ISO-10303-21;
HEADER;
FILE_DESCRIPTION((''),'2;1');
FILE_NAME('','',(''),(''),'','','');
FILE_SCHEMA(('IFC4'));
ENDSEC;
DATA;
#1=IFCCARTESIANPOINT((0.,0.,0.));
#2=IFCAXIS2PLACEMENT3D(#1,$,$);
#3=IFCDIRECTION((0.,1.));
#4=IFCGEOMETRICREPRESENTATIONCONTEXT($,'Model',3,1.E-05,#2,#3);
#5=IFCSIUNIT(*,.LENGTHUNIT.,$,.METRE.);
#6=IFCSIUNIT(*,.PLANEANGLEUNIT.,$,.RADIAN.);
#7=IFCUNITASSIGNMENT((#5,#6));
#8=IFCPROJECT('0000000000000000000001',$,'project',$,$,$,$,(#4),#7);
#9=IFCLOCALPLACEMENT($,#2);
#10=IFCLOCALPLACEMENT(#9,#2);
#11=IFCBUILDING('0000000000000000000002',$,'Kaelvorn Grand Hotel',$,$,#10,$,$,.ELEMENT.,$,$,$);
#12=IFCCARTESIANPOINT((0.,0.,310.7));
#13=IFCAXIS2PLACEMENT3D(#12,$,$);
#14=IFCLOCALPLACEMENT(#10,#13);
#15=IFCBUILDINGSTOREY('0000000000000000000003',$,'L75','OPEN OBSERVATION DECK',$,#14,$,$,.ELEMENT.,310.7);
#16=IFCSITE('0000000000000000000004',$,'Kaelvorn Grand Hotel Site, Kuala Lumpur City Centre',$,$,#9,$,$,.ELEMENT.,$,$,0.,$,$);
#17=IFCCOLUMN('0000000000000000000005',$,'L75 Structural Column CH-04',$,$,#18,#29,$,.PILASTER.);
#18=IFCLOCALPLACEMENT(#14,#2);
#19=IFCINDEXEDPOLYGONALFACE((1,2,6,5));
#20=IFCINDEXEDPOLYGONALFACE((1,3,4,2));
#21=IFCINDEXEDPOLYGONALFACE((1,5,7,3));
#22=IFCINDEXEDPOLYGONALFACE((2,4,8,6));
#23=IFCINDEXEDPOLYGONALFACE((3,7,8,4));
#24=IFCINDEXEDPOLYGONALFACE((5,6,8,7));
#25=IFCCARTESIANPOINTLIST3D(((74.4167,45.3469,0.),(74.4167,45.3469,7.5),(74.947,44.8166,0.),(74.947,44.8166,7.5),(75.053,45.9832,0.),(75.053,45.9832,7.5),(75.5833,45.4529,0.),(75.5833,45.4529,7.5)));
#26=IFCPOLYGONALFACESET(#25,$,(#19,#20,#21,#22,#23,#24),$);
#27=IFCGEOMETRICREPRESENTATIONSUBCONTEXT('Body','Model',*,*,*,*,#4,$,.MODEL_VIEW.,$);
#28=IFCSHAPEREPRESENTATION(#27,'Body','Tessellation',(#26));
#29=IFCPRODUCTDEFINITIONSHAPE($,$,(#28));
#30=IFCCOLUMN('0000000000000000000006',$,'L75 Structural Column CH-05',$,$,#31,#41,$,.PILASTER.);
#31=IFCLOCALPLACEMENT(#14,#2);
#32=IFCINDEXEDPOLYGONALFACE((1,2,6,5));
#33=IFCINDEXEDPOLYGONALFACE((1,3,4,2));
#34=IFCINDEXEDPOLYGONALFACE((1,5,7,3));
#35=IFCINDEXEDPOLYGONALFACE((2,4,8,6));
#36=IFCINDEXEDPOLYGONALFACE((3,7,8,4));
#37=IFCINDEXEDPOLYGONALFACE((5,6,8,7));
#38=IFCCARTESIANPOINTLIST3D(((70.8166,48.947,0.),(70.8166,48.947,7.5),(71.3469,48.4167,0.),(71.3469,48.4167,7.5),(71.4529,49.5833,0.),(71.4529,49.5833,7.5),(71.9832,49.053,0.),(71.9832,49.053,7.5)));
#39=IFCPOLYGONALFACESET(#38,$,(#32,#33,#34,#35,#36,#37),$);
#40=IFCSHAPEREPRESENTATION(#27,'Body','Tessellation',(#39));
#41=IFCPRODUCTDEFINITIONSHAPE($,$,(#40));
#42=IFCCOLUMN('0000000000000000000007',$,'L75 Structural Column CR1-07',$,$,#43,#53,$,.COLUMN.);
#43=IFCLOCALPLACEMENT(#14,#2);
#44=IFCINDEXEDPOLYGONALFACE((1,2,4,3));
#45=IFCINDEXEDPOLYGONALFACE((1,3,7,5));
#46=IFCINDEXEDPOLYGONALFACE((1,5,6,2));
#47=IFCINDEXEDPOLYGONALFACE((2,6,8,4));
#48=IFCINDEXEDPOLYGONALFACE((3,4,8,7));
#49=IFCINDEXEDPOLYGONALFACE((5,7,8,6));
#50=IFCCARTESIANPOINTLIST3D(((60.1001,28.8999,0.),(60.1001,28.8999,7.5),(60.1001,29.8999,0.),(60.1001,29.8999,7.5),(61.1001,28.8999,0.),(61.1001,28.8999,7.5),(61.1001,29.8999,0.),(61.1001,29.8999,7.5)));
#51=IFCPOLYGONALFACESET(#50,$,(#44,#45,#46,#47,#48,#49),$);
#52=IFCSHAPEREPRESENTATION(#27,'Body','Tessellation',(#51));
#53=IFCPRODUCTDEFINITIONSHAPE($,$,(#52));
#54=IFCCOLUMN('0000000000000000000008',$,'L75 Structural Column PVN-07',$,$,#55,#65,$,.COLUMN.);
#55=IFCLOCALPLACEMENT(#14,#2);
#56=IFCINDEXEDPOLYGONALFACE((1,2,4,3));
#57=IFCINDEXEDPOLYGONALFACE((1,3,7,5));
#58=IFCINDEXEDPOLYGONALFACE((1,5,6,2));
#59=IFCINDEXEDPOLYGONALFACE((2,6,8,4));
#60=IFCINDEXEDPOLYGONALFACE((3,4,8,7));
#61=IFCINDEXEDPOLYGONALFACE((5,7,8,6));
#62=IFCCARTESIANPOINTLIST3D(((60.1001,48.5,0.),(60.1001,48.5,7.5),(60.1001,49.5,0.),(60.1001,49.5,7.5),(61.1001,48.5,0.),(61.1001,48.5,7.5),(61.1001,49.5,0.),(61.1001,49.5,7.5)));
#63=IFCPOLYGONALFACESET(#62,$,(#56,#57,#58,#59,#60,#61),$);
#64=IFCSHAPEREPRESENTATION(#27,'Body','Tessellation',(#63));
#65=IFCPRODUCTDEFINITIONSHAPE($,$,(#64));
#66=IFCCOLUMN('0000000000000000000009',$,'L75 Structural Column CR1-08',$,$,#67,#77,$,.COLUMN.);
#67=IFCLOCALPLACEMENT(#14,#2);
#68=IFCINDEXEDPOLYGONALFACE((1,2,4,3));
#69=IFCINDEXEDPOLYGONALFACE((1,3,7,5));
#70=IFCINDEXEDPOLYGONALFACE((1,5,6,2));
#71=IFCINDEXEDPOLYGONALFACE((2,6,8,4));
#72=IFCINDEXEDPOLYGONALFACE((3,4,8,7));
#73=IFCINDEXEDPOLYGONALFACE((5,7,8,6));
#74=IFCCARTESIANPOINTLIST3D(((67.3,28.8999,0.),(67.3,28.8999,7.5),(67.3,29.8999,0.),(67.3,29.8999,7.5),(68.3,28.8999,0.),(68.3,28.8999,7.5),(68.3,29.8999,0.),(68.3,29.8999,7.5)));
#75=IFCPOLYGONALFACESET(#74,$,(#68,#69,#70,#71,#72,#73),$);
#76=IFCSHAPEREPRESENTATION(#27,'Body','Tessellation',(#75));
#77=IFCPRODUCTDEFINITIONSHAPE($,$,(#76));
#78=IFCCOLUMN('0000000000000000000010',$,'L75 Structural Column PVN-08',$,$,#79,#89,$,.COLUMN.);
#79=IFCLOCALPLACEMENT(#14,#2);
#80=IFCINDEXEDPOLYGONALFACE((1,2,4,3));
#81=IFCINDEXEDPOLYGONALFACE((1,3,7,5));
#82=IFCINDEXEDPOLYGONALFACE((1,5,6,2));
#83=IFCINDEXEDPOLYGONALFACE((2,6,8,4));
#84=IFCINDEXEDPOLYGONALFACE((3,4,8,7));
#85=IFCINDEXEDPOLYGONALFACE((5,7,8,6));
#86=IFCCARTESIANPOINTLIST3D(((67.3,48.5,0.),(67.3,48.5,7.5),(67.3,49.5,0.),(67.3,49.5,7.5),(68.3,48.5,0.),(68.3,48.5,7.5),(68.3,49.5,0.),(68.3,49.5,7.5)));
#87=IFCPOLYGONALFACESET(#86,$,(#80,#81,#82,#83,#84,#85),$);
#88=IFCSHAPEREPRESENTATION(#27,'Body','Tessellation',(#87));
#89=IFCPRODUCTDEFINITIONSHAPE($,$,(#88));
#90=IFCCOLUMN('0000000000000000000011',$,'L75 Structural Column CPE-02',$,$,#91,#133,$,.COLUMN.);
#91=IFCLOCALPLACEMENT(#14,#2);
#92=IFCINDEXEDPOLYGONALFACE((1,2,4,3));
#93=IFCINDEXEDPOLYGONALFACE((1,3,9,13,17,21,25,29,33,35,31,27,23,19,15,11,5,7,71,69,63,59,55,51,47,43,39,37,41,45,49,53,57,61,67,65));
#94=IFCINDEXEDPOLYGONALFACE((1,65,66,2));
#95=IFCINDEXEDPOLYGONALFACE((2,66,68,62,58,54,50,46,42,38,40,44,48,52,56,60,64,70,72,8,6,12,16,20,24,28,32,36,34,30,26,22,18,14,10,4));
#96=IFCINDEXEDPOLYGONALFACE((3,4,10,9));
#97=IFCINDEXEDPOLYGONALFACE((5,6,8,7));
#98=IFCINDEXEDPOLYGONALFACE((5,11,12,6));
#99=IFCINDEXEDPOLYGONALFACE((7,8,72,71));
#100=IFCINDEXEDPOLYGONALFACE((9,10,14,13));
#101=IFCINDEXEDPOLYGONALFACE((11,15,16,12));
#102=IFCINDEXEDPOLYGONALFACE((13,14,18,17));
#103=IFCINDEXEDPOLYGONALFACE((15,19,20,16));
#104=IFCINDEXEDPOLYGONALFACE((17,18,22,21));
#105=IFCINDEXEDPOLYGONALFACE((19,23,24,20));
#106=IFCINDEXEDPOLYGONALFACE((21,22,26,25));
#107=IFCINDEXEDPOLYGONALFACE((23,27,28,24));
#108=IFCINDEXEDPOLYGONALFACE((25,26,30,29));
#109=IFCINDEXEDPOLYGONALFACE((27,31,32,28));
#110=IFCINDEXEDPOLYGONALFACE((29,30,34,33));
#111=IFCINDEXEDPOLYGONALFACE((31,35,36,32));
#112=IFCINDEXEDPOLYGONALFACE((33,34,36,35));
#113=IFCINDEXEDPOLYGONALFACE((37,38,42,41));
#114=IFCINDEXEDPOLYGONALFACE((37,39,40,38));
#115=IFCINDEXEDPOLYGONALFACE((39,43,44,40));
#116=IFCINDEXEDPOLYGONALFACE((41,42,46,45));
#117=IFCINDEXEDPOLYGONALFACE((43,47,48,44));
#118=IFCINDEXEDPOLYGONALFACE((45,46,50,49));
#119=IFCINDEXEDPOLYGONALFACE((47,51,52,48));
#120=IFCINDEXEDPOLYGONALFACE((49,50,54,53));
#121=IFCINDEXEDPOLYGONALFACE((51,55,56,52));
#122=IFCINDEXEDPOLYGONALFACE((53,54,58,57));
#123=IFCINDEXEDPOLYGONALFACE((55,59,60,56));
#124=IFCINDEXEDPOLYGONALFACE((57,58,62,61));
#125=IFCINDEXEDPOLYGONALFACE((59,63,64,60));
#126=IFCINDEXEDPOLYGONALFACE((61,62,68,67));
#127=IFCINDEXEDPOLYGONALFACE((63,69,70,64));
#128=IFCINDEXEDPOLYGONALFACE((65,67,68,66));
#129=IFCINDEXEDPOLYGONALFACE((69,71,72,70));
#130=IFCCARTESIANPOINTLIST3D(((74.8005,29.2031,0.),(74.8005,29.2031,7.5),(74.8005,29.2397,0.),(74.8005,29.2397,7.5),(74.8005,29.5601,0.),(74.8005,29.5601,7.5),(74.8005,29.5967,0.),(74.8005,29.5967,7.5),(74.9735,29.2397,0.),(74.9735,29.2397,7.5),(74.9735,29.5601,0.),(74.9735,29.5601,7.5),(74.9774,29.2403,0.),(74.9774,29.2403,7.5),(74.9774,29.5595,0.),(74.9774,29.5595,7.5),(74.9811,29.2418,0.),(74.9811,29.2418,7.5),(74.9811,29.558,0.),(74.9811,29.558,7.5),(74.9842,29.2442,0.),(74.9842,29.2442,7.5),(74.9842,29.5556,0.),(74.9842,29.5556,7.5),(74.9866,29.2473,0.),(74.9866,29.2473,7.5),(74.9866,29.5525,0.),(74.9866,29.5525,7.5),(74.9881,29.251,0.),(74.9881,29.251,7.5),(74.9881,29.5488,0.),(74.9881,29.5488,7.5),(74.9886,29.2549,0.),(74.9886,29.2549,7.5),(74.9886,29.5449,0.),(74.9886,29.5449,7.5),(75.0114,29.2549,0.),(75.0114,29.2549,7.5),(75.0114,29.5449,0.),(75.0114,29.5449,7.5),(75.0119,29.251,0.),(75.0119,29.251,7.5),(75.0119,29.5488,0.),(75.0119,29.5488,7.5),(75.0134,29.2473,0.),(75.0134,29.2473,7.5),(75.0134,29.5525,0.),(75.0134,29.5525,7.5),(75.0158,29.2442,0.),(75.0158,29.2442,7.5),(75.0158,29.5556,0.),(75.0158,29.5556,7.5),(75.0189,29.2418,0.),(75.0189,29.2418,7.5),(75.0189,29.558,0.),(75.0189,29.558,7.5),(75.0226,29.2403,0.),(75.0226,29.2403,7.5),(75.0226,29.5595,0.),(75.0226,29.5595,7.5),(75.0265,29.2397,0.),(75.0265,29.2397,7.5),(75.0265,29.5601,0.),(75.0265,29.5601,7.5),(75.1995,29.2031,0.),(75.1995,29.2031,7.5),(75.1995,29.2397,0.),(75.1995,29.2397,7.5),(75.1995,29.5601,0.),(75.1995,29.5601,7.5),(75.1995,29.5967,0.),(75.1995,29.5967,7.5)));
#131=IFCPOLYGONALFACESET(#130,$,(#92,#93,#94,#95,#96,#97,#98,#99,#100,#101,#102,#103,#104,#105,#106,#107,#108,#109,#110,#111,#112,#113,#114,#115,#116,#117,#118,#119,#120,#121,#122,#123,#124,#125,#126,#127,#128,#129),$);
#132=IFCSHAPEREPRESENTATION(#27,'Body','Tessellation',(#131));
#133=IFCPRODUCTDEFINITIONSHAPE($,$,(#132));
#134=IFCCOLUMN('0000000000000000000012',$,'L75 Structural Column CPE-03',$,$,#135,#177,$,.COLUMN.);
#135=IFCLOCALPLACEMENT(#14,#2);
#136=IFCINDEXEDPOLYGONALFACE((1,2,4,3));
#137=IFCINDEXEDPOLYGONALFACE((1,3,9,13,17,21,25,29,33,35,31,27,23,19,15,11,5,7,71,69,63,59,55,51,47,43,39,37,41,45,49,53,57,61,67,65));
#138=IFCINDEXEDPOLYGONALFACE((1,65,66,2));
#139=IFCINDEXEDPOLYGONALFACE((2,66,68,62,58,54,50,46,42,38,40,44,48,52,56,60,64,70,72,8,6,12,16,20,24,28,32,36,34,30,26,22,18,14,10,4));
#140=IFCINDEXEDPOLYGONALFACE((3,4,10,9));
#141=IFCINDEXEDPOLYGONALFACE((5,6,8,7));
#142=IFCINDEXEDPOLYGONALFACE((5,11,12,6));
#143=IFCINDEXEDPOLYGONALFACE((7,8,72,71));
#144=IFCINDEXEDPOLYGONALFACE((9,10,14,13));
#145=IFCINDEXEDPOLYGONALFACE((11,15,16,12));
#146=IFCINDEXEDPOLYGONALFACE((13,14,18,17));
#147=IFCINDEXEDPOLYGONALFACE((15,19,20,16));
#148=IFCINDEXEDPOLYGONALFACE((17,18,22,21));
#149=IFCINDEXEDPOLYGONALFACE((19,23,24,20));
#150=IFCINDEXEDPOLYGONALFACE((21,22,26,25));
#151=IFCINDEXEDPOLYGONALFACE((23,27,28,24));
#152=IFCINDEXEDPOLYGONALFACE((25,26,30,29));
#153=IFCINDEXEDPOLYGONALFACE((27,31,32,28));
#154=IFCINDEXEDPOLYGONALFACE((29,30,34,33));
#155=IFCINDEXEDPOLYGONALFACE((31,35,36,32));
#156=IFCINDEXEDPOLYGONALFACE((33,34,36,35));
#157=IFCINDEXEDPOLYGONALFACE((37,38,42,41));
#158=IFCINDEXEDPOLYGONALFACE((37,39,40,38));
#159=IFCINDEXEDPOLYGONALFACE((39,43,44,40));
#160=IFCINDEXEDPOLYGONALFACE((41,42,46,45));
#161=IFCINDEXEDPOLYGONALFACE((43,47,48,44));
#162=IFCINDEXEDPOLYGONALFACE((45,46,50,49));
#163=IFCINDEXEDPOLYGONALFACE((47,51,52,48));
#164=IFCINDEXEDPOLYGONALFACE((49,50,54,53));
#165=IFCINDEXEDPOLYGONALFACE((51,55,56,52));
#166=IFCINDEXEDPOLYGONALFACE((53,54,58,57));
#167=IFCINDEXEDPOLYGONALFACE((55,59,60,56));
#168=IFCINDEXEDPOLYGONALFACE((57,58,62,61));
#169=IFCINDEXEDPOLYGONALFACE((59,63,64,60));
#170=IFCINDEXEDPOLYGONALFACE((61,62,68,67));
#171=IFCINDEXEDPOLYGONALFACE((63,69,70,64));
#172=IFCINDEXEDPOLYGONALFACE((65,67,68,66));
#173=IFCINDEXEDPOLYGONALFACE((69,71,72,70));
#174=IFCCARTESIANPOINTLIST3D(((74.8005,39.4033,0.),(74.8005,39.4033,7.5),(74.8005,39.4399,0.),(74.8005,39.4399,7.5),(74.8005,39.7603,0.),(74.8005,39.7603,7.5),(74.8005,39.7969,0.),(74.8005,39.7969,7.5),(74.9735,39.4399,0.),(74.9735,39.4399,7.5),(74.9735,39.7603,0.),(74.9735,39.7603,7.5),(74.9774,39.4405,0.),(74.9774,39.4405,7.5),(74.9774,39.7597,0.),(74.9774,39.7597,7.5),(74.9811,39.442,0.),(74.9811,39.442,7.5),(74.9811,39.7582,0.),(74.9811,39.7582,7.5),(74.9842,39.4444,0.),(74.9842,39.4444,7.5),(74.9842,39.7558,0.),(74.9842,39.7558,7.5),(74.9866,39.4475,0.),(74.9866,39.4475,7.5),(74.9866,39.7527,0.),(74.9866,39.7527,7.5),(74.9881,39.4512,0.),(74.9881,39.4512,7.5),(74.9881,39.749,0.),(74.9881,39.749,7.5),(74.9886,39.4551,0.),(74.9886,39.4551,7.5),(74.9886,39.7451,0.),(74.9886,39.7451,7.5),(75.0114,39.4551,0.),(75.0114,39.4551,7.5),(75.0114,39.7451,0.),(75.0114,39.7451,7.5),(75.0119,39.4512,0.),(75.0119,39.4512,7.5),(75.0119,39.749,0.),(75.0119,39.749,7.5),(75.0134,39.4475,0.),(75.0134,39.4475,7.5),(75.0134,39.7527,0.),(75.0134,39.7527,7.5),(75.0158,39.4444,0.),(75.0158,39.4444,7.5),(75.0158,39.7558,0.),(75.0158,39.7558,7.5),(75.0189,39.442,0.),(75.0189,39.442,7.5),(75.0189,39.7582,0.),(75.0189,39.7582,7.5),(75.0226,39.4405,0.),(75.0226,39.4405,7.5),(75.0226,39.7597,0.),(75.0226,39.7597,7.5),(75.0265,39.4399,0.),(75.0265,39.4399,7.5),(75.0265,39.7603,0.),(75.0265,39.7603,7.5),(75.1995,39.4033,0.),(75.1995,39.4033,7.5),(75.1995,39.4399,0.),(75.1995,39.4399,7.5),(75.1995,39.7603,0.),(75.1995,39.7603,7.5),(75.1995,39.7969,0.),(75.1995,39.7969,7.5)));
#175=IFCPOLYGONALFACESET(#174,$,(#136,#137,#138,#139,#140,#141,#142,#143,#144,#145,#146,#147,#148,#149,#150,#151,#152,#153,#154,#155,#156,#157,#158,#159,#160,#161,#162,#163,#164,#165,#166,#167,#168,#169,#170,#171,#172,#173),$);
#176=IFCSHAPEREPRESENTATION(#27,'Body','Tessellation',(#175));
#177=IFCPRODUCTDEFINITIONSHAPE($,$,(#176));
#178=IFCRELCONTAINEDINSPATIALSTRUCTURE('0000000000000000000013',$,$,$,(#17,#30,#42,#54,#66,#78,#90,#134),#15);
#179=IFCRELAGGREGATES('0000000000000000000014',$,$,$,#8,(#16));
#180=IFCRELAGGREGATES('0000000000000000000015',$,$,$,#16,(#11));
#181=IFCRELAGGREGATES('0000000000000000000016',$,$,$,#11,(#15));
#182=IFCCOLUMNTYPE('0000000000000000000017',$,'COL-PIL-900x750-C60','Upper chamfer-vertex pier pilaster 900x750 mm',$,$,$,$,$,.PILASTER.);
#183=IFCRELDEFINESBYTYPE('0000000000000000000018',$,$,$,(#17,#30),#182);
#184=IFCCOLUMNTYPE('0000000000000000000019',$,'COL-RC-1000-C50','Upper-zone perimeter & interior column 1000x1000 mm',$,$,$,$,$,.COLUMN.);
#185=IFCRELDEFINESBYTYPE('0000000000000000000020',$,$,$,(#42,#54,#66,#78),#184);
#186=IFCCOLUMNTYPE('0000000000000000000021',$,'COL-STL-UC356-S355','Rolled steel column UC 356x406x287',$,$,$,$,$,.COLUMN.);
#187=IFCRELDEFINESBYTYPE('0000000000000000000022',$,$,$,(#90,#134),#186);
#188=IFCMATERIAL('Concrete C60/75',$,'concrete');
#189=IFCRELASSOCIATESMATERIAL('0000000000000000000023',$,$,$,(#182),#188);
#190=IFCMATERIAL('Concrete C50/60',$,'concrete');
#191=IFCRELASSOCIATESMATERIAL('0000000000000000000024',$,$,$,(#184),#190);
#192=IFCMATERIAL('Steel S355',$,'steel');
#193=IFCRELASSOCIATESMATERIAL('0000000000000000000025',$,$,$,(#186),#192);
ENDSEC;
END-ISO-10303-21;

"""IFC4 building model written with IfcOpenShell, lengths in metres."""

from ifc_helpers import new_model, si_unit, direction, frame, origin, origin_2d, place, context, subcontext, project, spatial, rectangle, i_section, extrude, material, material_profile, profile_set, type_object, element, save


model = new_model("IFC4")

# Units and contexts
model_context = context("Model", 3, precision=1e-05, world=origin(), true_north=direction((0.0, 1.0)))
body_context = subcontext(model_context, "Body", "Model", "MODEL_VIEW")
ifc_project = project(units=[si_unit("LENGTHUNIT", "METRE"), si_unit("PLANEANGLEUNIT", "RADIAN")], contexts=[model_context])

# Site, building, storey
site_placement = place(None, origin())
site = spatial("IfcSite", under=ifc_project, at=site_placement, Name="Kaelvorn Grand Hotel Site, Kuala Lumpur City Centre", CompositionType="ELEMENT", RefElevation=0.0)
building_placement = place(site_placement, origin())
building = spatial("IfcBuilding", under=site, at=building_placement, Name="Kaelvorn Grand Hotel", CompositionType="ELEMENT")
storey_placement = place(building_placement, frame((0.0, 0.0, 310.7)))
storey = spatial("IfcBuildingStorey", under=building, at=storey_placement, Name="L75", Description="OPEN OBSERVATION DECK", CompositionType="ELEMENT", Elevation=310.7)

# Columns
ifc_material_1 = material(Name="Concrete C60/75", Category="concrete")
ifc_material_profile_1 = material_profile(ifc_material_1, rectangle(XDim=0.8999, YDim=0.75, at=origin_2d()), Name="RC PILASTER 900x750")
ifc_profile_set_1 = profile_set([ifc_material_profile_1], Name="Concrete C60/75")
column_type_1 = type_object("IfcColumnType", Name="COL-PIL-900x750-C60", Description="Upper chamfer-vertex pier pilaster 900x750 mm", PredefinedType="PILASTER", material=ifc_profile_set_1)
for number, where, z_axis, x_axis, name in (
    (1, (75.0, 45.3999, 0.0), (0.0, 0.0, 1.0), (0.707107, 0.707107, 0.0), "L75 Structural Column CH-04"),
    (2, (71.3999, 49.0, 0.0), (0.0, 0.0, 1.0), (0.707107, 0.707107, 0.0), "L75 Structural Column CH-05"),
):
    element("IfcColumn", number, at=place(storey_placement, frame(where, z_axis=z_axis, x_axis=x_axis)), inside=storey, type_object=column_type_1, Name=name, PredefinedType="PILASTER", context=body_context, shape_type="SweptSolid", body=[
        extrude(rectangle(XDim=0.8999, YDim=0.75, at=origin_2d()), origin(), (0.0, 0.0, 1.0), 7.5),
    ])
ifc_material_2 = material(Name="Concrete C50/60", Category="concrete")
ifc_material_profile_2 = material_profile(ifc_material_2, rectangle(XDim=1.0, YDim=1.0, at=origin_2d()), Name="RC COL 1000x1000")
ifc_profile_set_2 = profile_set([ifc_material_profile_2], Name="Concrete C50/60")
column_type_2 = type_object("IfcColumnType", Name="COL-RC-1000-C50", Description="Upper-zone perimeter & interior column 1000x1000 mm", PredefinedType="COLUMN", material=ifc_profile_set_2)
for number, where, z_axis, x_axis, name in (
    (3, (60.6001, 29.3999, 0.0), (0.0, 0.0, 1.0), (1.0, 0.0, 0.0), "L75 Structural Column CR1-07"),
    (4, (60.6001, 49.0, 0.0), (0.0, 0.0, 1.0), (1.0, 0.0, 0.0), "L75 Structural Column PVN-07"),
    (5, (67.8, 29.3999, 0.0), (0.0, 0.0, 1.0), (1.0, 0.0, 0.0), "L75 Structural Column CR1-08"),
    (6, (67.8, 49.0, 0.0), (0.0, 0.0, 1.0), (1.0, 0.0, 0.0), "L75 Structural Column PVN-08"),
):
    element("IfcColumn", number, at=place(storey_placement, frame(where, z_axis=z_axis, x_axis=x_axis)), inside=storey, type_object=column_type_2, Name=name, PredefinedType="COLUMN", context=body_context, shape_type="SweptSolid", body=[
        extrude(rectangle(XDim=1.0, YDim=1.0, at=origin_2d()), origin(), (0.0, 0.0, 1.0), 7.5),
    ])
ifc_material_3 = material(Name="Steel S355", Category="steel")
ifc_material_profile_3 = material_profile(ifc_material_3, i_section(OverallWidth=0.3989, OverallDepth=0.3936, WebThickness=0.0227, FlangeThickness=0.0366, FilletRadius=0.0151, at=origin_2d()), Name="UC 356x406x287")
ifc_profile_set_3 = profile_set([ifc_material_profile_3], Name="Steel S355")
column_type_3 = type_object("IfcColumnType", Name="COL-STL-UC356-S355", Description="Rolled steel column UC 356x406x287", PredefinedType="COLUMN", material=ifc_profile_set_3)
for number, where, z_axis, x_axis, name in (
    (7, (75.0, 29.3999, 0.0), (0.0, 0.0, 1.0), (1.0, 0.0, 0.0), "L75 Structural Column CPE-02"),
    (8, (75.0, 39.6001, 0.0), (0.0, 0.0, 1.0), (1.0, 0.0, 0.0), "L75 Structural Column CPE-03"),
):
    element("IfcColumn", number, at=place(storey_placement, frame(where, z_axis=z_axis, x_axis=x_axis)), inside=storey, type_object=column_type_3, Name=name, PredefinedType="COLUMN", context=body_context, shape_type="SweptSolid", body=[
        extrude(i_section(OverallWidth=0.3989, OverallDepth=0.3936, WebThickness=0.0227, FlangeThickness=0.0366, FilletRadius=0.0151, at=origin_2d()), origin(), (0.0, 0.0, 1.0), 7.5),
    ])

save(model, "model.ifc")
